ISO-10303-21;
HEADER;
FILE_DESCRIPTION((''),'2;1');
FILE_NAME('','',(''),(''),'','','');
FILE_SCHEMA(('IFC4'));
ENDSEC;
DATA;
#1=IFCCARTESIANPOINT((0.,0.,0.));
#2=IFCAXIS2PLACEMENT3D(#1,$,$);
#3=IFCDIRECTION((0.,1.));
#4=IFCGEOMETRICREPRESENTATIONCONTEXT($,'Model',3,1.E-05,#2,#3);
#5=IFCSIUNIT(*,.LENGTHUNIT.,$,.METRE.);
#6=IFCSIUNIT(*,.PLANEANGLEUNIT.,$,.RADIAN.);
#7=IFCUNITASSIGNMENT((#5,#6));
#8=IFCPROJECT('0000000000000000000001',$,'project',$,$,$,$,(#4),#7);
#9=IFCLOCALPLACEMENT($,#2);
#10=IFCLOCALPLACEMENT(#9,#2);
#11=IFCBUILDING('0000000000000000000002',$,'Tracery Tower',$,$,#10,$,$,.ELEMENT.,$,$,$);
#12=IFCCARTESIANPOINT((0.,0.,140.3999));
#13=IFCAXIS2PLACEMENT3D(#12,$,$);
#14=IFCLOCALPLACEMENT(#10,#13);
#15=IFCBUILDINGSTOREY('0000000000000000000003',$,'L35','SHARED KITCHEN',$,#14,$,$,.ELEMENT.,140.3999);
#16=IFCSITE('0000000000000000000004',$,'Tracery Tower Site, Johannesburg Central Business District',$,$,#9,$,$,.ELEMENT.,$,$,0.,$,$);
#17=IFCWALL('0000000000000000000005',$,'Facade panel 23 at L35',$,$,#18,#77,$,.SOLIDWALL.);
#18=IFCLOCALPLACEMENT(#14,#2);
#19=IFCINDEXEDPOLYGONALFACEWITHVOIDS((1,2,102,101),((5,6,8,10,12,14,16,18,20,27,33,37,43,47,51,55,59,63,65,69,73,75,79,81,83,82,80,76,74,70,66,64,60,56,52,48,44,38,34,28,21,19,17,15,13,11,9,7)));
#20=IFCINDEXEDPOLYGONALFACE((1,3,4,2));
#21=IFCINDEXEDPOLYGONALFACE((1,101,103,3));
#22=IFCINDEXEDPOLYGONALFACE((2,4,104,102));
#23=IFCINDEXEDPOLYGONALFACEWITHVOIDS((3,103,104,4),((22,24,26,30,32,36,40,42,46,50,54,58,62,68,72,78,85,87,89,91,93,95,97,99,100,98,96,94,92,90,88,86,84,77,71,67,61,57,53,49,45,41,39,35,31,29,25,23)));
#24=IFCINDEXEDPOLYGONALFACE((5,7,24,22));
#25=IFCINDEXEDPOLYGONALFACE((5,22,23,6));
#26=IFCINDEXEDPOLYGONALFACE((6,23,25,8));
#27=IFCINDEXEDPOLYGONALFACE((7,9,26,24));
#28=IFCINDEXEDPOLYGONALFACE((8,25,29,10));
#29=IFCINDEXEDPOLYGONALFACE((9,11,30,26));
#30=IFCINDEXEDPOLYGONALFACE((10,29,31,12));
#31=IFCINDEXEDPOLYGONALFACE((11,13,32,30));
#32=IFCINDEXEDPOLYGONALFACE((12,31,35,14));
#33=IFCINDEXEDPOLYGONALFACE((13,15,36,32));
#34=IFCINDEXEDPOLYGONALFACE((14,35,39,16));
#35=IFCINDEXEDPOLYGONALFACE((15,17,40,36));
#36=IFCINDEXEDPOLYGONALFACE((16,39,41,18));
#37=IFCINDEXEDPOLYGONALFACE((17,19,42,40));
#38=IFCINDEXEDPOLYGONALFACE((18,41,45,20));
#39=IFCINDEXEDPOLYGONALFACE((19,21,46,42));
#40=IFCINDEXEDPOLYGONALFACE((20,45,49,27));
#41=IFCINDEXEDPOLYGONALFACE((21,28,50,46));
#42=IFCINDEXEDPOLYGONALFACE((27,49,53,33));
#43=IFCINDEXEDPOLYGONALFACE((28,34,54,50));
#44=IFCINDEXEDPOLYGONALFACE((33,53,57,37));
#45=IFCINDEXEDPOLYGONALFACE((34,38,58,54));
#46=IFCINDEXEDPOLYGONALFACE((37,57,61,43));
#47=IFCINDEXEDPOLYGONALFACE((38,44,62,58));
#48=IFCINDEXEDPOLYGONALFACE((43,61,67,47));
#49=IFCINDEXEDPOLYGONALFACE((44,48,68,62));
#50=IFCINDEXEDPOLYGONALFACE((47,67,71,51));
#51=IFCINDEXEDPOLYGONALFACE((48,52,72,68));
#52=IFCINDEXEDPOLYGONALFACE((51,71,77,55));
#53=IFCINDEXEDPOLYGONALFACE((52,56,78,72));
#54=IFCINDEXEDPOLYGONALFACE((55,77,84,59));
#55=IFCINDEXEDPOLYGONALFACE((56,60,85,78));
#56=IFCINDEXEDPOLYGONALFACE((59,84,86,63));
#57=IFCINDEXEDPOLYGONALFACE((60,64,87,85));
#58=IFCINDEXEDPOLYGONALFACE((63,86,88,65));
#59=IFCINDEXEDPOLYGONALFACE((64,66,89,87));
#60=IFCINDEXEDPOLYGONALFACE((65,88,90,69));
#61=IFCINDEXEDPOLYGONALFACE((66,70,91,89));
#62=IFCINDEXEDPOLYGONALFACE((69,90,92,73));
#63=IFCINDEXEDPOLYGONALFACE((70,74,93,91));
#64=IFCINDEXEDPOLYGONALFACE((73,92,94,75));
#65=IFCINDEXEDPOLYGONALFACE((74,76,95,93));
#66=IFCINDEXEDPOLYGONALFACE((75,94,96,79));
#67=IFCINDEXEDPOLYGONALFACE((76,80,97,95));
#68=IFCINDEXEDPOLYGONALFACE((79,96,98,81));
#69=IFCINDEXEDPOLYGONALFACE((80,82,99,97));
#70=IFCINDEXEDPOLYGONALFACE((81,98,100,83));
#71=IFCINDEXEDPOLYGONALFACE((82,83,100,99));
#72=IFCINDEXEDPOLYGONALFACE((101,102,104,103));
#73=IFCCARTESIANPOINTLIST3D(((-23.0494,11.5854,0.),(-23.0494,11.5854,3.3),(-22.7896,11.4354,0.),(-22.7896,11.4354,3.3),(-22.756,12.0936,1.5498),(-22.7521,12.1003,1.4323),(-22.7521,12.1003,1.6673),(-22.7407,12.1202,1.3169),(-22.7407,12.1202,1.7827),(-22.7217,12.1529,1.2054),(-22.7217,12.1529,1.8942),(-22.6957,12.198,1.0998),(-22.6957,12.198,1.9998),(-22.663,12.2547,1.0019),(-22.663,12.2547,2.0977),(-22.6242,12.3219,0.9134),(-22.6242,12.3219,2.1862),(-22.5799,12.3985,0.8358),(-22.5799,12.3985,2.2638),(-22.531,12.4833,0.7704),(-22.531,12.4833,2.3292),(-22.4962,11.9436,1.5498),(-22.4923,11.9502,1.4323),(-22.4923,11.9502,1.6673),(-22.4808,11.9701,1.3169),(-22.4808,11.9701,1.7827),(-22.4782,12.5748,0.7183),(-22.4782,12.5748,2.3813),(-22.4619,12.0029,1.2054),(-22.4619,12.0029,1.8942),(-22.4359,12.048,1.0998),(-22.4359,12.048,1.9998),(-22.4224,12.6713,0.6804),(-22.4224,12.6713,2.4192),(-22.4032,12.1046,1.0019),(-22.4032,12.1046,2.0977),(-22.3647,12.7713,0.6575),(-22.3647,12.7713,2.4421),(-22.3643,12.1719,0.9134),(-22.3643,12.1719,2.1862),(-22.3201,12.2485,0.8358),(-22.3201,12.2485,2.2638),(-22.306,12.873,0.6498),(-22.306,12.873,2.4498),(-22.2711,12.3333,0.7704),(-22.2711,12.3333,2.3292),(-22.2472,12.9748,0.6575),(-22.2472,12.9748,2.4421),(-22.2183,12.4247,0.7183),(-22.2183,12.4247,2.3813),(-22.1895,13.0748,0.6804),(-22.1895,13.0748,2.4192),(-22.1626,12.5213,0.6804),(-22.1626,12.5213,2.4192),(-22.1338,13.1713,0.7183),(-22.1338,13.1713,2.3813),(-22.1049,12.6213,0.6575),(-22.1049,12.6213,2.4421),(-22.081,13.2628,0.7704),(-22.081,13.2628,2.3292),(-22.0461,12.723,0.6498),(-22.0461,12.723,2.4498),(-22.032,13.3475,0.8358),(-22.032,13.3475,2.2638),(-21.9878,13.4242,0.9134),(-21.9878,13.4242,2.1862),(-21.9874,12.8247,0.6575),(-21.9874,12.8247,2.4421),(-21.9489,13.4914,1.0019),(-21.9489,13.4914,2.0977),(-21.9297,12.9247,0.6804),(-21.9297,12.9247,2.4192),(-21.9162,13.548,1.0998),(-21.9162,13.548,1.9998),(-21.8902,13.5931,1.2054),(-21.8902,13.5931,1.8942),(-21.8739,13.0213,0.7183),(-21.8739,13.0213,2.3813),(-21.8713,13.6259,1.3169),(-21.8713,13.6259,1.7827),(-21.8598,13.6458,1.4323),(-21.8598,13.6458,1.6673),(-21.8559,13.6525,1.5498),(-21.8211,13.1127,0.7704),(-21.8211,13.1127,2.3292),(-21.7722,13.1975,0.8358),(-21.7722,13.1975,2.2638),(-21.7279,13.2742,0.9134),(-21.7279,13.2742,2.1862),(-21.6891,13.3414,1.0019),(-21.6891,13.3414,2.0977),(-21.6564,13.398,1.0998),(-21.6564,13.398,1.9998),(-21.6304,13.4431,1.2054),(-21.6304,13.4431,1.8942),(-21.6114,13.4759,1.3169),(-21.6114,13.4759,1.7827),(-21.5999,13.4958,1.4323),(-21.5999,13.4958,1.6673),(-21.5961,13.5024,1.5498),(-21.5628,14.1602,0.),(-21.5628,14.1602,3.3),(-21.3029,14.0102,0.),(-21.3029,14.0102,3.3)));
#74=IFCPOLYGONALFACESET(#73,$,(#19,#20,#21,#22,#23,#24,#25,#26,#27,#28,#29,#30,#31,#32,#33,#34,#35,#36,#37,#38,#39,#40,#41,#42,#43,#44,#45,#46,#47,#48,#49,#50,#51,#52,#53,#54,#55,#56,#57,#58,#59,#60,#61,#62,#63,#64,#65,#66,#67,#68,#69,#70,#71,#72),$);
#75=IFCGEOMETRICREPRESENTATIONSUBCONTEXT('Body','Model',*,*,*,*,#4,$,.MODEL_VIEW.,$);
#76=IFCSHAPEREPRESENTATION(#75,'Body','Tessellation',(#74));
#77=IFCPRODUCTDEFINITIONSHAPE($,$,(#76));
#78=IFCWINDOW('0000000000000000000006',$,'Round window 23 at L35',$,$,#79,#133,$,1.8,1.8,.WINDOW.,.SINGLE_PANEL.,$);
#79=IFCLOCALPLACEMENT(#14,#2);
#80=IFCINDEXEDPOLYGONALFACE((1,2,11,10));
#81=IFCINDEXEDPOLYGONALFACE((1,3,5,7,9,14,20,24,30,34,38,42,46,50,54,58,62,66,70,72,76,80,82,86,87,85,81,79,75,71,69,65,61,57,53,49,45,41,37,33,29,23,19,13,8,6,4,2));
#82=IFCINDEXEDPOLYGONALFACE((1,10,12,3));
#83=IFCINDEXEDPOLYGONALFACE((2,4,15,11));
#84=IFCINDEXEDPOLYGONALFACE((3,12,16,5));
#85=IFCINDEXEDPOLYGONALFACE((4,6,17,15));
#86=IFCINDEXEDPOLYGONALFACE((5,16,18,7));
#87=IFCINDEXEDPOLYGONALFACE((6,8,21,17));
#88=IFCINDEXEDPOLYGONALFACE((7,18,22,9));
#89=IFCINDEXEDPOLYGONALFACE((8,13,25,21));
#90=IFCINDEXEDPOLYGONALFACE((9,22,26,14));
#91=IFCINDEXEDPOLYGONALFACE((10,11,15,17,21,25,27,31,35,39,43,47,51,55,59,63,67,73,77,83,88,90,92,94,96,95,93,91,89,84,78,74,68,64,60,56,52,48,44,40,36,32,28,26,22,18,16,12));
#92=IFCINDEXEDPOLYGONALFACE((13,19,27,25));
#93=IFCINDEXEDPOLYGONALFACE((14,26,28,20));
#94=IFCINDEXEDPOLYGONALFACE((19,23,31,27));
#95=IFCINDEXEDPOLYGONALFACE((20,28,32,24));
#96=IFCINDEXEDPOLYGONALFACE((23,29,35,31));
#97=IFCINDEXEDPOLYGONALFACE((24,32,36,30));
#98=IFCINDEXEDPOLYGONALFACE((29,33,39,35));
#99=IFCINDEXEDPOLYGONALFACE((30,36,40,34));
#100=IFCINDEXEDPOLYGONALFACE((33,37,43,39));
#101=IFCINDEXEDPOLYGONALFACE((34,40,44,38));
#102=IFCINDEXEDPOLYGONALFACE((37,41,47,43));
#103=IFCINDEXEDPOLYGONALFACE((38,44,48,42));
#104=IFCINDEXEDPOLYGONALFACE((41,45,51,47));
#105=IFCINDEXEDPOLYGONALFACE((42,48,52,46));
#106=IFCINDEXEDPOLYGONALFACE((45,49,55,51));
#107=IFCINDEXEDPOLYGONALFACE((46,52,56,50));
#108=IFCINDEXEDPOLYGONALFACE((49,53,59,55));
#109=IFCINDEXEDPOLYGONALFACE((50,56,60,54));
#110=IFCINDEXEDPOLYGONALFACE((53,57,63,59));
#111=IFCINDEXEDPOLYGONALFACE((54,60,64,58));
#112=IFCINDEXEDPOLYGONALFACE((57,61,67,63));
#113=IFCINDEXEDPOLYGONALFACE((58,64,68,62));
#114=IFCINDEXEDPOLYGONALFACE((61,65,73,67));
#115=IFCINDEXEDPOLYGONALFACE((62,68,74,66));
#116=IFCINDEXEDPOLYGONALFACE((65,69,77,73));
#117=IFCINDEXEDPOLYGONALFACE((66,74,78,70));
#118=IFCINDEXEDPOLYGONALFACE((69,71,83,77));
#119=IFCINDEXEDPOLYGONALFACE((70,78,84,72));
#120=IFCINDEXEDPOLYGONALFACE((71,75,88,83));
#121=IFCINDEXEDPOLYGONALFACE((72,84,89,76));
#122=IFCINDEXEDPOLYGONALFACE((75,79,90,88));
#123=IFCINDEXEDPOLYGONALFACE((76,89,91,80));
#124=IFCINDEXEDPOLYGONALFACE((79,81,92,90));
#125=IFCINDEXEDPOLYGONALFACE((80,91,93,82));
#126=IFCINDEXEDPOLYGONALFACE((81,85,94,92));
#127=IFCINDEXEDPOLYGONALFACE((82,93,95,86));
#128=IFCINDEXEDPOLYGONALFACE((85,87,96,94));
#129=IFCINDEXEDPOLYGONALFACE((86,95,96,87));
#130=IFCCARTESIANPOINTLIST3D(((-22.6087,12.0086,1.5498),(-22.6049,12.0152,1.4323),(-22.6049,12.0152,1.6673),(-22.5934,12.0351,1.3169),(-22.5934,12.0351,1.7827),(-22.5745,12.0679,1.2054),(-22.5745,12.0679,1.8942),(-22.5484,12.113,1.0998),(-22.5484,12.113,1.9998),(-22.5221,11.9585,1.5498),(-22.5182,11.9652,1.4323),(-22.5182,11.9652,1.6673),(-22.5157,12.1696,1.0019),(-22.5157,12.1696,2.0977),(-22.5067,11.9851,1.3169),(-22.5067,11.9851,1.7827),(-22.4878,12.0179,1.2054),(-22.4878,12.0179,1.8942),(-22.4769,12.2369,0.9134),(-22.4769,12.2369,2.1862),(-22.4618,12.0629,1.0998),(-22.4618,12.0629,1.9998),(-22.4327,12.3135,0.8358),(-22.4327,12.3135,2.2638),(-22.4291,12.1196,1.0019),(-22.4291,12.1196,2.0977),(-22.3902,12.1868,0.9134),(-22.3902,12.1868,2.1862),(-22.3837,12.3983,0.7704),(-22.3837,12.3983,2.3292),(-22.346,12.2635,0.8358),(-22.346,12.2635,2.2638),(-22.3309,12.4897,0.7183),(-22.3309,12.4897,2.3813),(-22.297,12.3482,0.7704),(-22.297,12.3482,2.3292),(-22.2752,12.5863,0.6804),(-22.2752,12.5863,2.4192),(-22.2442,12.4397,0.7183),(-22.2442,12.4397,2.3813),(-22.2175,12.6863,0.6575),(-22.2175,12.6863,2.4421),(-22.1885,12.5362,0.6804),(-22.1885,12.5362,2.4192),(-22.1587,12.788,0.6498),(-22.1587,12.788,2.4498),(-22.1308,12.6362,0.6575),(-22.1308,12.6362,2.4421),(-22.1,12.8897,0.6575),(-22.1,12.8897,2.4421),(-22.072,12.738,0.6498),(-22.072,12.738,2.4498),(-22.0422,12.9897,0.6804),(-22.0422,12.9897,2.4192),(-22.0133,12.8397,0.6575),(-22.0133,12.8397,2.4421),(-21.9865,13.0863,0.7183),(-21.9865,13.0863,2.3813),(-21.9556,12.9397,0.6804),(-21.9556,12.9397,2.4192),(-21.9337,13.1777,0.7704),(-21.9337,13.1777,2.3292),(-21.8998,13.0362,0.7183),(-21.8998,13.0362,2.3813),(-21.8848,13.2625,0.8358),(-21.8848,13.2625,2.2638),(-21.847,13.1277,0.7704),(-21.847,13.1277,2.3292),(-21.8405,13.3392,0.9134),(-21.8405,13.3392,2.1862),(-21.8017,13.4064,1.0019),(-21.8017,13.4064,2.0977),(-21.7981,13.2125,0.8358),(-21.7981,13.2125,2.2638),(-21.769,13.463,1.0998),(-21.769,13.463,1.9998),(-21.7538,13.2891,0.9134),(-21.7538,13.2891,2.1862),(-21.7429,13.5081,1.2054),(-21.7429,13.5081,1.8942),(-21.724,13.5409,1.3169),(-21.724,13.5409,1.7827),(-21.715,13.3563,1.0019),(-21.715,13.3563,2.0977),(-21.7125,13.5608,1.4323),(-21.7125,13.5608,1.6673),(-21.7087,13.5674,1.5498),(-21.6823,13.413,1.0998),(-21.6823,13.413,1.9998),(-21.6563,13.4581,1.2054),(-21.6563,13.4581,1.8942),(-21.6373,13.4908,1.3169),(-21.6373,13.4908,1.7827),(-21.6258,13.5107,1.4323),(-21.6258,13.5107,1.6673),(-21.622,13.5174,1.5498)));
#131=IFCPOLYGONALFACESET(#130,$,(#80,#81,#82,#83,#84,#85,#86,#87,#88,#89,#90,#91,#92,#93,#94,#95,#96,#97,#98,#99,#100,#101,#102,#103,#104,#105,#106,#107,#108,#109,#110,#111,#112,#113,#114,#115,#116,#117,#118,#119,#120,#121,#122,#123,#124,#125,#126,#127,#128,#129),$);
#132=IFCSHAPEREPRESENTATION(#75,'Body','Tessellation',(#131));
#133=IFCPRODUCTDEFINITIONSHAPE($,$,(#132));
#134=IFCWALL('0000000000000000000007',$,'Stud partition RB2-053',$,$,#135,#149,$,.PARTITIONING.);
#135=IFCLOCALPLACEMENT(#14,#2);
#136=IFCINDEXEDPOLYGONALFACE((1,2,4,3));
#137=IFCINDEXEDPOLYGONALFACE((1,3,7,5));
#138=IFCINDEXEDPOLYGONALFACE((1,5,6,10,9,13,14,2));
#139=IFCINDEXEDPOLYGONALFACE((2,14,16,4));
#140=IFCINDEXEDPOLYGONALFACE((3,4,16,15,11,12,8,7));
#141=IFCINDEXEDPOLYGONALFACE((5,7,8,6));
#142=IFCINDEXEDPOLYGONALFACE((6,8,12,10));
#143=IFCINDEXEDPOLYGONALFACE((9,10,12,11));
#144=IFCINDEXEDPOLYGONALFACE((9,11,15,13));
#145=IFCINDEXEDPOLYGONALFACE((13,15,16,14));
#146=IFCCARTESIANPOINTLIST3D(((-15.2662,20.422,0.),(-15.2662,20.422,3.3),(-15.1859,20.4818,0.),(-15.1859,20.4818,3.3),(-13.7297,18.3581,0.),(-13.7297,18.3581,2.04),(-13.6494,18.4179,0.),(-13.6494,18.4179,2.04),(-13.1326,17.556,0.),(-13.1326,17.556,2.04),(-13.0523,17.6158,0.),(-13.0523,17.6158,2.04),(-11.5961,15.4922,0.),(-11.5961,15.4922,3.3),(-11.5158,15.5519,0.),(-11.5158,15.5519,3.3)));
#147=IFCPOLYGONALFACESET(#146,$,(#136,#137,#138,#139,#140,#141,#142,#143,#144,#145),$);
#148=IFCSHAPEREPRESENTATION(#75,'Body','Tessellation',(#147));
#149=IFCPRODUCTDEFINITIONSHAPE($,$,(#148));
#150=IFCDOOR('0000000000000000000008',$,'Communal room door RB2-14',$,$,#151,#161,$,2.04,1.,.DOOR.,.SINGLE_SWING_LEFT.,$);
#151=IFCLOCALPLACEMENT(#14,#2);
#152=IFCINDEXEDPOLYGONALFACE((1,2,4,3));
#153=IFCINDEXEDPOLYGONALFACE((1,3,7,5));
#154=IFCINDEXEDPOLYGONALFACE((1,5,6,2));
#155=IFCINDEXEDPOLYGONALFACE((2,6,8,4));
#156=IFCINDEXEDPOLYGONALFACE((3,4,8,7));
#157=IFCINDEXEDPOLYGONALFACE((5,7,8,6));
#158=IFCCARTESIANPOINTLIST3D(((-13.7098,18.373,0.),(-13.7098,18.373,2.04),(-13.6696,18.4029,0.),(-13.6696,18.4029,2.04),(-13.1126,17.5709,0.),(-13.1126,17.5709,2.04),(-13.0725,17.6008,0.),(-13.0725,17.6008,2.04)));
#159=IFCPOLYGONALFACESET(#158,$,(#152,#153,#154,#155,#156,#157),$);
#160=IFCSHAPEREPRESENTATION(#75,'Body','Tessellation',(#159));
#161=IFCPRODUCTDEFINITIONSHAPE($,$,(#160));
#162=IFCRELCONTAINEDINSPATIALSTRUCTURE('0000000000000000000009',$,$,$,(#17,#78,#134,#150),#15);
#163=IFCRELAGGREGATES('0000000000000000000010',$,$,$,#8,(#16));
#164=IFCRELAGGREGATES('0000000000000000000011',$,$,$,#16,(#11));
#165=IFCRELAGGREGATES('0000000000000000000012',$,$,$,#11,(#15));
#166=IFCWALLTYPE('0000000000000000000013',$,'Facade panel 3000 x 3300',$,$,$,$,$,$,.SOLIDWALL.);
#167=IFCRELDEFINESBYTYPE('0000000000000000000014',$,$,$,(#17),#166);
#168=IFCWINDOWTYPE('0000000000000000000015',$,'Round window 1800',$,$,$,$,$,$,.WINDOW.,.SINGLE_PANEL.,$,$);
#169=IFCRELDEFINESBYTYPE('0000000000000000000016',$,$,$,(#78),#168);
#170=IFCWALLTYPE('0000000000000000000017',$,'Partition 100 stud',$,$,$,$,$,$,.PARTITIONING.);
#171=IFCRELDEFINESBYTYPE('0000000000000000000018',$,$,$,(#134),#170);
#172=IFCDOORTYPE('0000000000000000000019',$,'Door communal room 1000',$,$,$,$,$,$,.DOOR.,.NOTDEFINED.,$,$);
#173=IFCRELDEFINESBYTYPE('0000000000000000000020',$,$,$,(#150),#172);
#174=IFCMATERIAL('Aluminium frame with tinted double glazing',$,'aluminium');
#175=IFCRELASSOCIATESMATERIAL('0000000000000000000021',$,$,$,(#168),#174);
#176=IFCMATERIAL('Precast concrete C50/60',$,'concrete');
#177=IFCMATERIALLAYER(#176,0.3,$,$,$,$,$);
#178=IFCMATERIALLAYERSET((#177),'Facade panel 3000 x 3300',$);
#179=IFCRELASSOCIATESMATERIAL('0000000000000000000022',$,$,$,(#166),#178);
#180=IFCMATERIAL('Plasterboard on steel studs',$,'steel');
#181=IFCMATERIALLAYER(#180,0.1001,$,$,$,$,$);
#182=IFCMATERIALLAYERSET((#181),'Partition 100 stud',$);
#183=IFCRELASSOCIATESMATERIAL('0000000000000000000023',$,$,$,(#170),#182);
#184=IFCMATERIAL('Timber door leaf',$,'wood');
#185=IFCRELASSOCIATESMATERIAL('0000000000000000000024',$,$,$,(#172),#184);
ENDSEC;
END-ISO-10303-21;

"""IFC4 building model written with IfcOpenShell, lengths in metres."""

from ifc_helpers import new_model, si_unit, direction, frame, frame_2d, origin, origin_2d, place, context, subcontext, project, spatial, rectangle, circle, extrude, material, layer, layer_set, type_object, element, fill, save


model = new_model("IFC4")

# Units and contexts
model_context = context("Model", 3, precision=1e-05, world=origin(), true_north=direction((0.0, 1.0)))
body_context = subcontext(model_context, "Body", "Model", "MODEL_VIEW")
ifc_project = project(units=[si_unit("LENGTHUNIT", "METRE"), si_unit("PLANEANGLEUNIT", "RADIAN")], contexts=[model_context])

# Site, building, storey
site_placement = place(None, origin())
site = spatial("IfcSite", under=ifc_project, at=site_placement, Name="Tracery Tower Site, Johannesburg Central Business District", CompositionType="ELEMENT", RefElevation=0.0)
building_placement = place(site_placement, origin())
building = spatial("IfcBuilding", under=site, at=building_placement, Name="Tracery Tower", CompositionType="ELEMENT")
storey_placement = place(building_placement, frame((0.0, 0.0, 140.3999)))
storey = spatial("IfcBuildingStorey", under=building, at=storey_placement, Name="L35", Description="SHARED KITCHEN", CompositionType="ELEMENT", Elevation=140.3999)

# Wall, opening, window
ifc_material_1 = material(Name="Aluminium frame with tinted double glazing", Category="aluminium")
window_type = type_object("IfcWindowType", Name="Round window 1800", PartitioningType="SINGLE_PANEL", PredefinedType="WINDOW", material=ifc_material_1)
ifc_material_2 = material(Name="Precast concrete C50/60", Category="concrete")
ifc_layer_1 = layer(ifc_material_2, 0.3)
ifc_layer_set_1 = layer_set([ifc_layer_1], Name="Facade panel 3000 x 3300")
wall_type_1 = type_object("IfcWallType", Name="Facade panel 3000 x 3300", PredefinedType="SOLIDWALL", material=ifc_layer_set_1)
wall_1_placement = place(storey_placement, frame((-21.4329, 14.0852, 0.0), z_axis=(0.0, 0.0, 1.0), x_axis=(-0.500016, -0.866016, 0.0)))
wall_1 = element("IfcWall", 1, at=wall_1_placement, inside=storey, type_object=wall_type_1, Name="Facade panel 23 at L35", PredefinedType="SOLIDWALL", context=body_context, shape_type="SweptSolid", body=[
    extrude(rectangle(XDim=2.9731, YDim=0.3, at=frame_2d((1.4866, 0.0))), origin(), (0.0, 0.0, 1.0), 3.3),
])
opening_1_placement = place(wall_1_placement, frame((1.4863, 0.0, 1.5498)))
opening_1 = element("IfcOpeningElement", 2, at=opening_1_placement, cuts=wall_1, PredefinedType="OPENING", context=body_context, shape_type="SweptSolid", body=[
    extrude(circle(Radius=0.9, at=origin_2d()), frame((0.0, 0.1599, 0.0), z_axis=(0.0, -1.0, 0.0), x_axis=(1.0, 0.0, 0.0)), (0.0, 0.0, 1.0), 0.3201),
])
window_1_placement = place(opening_1_placement, origin())
window_1 = element("IfcWindow", 3, at=window_1_placement, inside=storey, type_object=window_type, Name="Round window 23 at L35", OverallHeight=1.8, OverallWidth=1.8, PartitioningType="SINGLE_PANEL", PredefinedType="WINDOW", context=body_context, shape_type="SweptSolid", body=[
    extrude(circle(Radius=0.9, at=origin_2d()), frame((0.0, 0.1201, 0.0), z_axis=(0.0, -1.0, 0.0), x_axis=(1.0, 0.0, 0.0)), (0.0, 0.0, 1.0), 0.1001),
])
fill(opening_1, window_1)

# Wall, opening, door
ifc_material_3 = material(Name="Plasterboard on steel studs", Category="steel")
ifc_layer_2 = layer(ifc_material_3, 0.1001)
ifc_layer_set_2 = layer_set([ifc_layer_2], Name="Partition 100 stud")
wall_type_2 = type_object("IfcWallType", Name="Partition 100 stud", PredefinedType="PARTITIONING", material=ifc_layer_set_2)
wall_2_placement = place(storey_placement, frame((-15.2261, 20.4519, 0.0), z_axis=(0.0, 0.0, 1.0), x_axis=(0.597155, -0.802126, 0.0)))
wall_2 = element("IfcWall", 4, at=wall_2_placement, inside=storey, type_object=wall_type_2, Name="Stud partition RB2-053", PredefinedType="PARTITIONING", context=body_context, shape_type="SweptSolid", body=[
    extrude(rectangle(XDim=6.146, YDim=0.1001, at=frame_2d((3.073, 0.0))), origin(), (0.0, 0.0, 1.0), 3.3),
])
opening_2_placement = place(wall_2_placement, frame((2.573, 0.0, 0.0)))
opening_2 = element("IfcOpeningElement", 5, at=opening_2_placement, cuts=wall_2, PredefinedType="OPENING", context=body_context, shape_type="SweptSolid", body=[
    extrude(rectangle(XDim=1.0, YDim=2.04, at=frame_2d((0.5, 1.02))), frame((0.0, 0.05, 0.0), z_axis=(0.0, -1.0, 0.0), x_axis=(1.0, 0.0, 0.0)), (0.0, 0.0, 1.0), 0.1001),
])
ifc_material_4 = material(Name="Timber door leaf", Category="wood")
door_type_1 = type_object("IfcDoorType", Name="Door communal room 1000", OperationType="NOTDEFINED", PredefinedType="DOOR", material=ifc_material_4)
door_1_placement = place(opening_2_placement, origin())
door_1 = element("IfcDoor", 6, at=door_1_placement, inside=storey, type_object=door_type_1, Name="Communal room door RB2-14", OperationType="SINGLE_SWING_LEFT", OverallHeight=2.04, OverallWidth=1.0, PredefinedType="DOOR", context=body_context, shape_type="SweptSolid", body=[
    extrude(rectangle(XDim=1.0, YDim=2.04, at=frame_2d((0.5, 1.02))), frame((0.0, 0.0249, 0.0), z_axis=(0.0, -1.0, 0.0), x_axis=(1.0, 0.0, 0.0)), (0.0, 0.0, 1.0), 0.05),
])
fill(opening_2, door_1)

save(model, "model.ifc")
